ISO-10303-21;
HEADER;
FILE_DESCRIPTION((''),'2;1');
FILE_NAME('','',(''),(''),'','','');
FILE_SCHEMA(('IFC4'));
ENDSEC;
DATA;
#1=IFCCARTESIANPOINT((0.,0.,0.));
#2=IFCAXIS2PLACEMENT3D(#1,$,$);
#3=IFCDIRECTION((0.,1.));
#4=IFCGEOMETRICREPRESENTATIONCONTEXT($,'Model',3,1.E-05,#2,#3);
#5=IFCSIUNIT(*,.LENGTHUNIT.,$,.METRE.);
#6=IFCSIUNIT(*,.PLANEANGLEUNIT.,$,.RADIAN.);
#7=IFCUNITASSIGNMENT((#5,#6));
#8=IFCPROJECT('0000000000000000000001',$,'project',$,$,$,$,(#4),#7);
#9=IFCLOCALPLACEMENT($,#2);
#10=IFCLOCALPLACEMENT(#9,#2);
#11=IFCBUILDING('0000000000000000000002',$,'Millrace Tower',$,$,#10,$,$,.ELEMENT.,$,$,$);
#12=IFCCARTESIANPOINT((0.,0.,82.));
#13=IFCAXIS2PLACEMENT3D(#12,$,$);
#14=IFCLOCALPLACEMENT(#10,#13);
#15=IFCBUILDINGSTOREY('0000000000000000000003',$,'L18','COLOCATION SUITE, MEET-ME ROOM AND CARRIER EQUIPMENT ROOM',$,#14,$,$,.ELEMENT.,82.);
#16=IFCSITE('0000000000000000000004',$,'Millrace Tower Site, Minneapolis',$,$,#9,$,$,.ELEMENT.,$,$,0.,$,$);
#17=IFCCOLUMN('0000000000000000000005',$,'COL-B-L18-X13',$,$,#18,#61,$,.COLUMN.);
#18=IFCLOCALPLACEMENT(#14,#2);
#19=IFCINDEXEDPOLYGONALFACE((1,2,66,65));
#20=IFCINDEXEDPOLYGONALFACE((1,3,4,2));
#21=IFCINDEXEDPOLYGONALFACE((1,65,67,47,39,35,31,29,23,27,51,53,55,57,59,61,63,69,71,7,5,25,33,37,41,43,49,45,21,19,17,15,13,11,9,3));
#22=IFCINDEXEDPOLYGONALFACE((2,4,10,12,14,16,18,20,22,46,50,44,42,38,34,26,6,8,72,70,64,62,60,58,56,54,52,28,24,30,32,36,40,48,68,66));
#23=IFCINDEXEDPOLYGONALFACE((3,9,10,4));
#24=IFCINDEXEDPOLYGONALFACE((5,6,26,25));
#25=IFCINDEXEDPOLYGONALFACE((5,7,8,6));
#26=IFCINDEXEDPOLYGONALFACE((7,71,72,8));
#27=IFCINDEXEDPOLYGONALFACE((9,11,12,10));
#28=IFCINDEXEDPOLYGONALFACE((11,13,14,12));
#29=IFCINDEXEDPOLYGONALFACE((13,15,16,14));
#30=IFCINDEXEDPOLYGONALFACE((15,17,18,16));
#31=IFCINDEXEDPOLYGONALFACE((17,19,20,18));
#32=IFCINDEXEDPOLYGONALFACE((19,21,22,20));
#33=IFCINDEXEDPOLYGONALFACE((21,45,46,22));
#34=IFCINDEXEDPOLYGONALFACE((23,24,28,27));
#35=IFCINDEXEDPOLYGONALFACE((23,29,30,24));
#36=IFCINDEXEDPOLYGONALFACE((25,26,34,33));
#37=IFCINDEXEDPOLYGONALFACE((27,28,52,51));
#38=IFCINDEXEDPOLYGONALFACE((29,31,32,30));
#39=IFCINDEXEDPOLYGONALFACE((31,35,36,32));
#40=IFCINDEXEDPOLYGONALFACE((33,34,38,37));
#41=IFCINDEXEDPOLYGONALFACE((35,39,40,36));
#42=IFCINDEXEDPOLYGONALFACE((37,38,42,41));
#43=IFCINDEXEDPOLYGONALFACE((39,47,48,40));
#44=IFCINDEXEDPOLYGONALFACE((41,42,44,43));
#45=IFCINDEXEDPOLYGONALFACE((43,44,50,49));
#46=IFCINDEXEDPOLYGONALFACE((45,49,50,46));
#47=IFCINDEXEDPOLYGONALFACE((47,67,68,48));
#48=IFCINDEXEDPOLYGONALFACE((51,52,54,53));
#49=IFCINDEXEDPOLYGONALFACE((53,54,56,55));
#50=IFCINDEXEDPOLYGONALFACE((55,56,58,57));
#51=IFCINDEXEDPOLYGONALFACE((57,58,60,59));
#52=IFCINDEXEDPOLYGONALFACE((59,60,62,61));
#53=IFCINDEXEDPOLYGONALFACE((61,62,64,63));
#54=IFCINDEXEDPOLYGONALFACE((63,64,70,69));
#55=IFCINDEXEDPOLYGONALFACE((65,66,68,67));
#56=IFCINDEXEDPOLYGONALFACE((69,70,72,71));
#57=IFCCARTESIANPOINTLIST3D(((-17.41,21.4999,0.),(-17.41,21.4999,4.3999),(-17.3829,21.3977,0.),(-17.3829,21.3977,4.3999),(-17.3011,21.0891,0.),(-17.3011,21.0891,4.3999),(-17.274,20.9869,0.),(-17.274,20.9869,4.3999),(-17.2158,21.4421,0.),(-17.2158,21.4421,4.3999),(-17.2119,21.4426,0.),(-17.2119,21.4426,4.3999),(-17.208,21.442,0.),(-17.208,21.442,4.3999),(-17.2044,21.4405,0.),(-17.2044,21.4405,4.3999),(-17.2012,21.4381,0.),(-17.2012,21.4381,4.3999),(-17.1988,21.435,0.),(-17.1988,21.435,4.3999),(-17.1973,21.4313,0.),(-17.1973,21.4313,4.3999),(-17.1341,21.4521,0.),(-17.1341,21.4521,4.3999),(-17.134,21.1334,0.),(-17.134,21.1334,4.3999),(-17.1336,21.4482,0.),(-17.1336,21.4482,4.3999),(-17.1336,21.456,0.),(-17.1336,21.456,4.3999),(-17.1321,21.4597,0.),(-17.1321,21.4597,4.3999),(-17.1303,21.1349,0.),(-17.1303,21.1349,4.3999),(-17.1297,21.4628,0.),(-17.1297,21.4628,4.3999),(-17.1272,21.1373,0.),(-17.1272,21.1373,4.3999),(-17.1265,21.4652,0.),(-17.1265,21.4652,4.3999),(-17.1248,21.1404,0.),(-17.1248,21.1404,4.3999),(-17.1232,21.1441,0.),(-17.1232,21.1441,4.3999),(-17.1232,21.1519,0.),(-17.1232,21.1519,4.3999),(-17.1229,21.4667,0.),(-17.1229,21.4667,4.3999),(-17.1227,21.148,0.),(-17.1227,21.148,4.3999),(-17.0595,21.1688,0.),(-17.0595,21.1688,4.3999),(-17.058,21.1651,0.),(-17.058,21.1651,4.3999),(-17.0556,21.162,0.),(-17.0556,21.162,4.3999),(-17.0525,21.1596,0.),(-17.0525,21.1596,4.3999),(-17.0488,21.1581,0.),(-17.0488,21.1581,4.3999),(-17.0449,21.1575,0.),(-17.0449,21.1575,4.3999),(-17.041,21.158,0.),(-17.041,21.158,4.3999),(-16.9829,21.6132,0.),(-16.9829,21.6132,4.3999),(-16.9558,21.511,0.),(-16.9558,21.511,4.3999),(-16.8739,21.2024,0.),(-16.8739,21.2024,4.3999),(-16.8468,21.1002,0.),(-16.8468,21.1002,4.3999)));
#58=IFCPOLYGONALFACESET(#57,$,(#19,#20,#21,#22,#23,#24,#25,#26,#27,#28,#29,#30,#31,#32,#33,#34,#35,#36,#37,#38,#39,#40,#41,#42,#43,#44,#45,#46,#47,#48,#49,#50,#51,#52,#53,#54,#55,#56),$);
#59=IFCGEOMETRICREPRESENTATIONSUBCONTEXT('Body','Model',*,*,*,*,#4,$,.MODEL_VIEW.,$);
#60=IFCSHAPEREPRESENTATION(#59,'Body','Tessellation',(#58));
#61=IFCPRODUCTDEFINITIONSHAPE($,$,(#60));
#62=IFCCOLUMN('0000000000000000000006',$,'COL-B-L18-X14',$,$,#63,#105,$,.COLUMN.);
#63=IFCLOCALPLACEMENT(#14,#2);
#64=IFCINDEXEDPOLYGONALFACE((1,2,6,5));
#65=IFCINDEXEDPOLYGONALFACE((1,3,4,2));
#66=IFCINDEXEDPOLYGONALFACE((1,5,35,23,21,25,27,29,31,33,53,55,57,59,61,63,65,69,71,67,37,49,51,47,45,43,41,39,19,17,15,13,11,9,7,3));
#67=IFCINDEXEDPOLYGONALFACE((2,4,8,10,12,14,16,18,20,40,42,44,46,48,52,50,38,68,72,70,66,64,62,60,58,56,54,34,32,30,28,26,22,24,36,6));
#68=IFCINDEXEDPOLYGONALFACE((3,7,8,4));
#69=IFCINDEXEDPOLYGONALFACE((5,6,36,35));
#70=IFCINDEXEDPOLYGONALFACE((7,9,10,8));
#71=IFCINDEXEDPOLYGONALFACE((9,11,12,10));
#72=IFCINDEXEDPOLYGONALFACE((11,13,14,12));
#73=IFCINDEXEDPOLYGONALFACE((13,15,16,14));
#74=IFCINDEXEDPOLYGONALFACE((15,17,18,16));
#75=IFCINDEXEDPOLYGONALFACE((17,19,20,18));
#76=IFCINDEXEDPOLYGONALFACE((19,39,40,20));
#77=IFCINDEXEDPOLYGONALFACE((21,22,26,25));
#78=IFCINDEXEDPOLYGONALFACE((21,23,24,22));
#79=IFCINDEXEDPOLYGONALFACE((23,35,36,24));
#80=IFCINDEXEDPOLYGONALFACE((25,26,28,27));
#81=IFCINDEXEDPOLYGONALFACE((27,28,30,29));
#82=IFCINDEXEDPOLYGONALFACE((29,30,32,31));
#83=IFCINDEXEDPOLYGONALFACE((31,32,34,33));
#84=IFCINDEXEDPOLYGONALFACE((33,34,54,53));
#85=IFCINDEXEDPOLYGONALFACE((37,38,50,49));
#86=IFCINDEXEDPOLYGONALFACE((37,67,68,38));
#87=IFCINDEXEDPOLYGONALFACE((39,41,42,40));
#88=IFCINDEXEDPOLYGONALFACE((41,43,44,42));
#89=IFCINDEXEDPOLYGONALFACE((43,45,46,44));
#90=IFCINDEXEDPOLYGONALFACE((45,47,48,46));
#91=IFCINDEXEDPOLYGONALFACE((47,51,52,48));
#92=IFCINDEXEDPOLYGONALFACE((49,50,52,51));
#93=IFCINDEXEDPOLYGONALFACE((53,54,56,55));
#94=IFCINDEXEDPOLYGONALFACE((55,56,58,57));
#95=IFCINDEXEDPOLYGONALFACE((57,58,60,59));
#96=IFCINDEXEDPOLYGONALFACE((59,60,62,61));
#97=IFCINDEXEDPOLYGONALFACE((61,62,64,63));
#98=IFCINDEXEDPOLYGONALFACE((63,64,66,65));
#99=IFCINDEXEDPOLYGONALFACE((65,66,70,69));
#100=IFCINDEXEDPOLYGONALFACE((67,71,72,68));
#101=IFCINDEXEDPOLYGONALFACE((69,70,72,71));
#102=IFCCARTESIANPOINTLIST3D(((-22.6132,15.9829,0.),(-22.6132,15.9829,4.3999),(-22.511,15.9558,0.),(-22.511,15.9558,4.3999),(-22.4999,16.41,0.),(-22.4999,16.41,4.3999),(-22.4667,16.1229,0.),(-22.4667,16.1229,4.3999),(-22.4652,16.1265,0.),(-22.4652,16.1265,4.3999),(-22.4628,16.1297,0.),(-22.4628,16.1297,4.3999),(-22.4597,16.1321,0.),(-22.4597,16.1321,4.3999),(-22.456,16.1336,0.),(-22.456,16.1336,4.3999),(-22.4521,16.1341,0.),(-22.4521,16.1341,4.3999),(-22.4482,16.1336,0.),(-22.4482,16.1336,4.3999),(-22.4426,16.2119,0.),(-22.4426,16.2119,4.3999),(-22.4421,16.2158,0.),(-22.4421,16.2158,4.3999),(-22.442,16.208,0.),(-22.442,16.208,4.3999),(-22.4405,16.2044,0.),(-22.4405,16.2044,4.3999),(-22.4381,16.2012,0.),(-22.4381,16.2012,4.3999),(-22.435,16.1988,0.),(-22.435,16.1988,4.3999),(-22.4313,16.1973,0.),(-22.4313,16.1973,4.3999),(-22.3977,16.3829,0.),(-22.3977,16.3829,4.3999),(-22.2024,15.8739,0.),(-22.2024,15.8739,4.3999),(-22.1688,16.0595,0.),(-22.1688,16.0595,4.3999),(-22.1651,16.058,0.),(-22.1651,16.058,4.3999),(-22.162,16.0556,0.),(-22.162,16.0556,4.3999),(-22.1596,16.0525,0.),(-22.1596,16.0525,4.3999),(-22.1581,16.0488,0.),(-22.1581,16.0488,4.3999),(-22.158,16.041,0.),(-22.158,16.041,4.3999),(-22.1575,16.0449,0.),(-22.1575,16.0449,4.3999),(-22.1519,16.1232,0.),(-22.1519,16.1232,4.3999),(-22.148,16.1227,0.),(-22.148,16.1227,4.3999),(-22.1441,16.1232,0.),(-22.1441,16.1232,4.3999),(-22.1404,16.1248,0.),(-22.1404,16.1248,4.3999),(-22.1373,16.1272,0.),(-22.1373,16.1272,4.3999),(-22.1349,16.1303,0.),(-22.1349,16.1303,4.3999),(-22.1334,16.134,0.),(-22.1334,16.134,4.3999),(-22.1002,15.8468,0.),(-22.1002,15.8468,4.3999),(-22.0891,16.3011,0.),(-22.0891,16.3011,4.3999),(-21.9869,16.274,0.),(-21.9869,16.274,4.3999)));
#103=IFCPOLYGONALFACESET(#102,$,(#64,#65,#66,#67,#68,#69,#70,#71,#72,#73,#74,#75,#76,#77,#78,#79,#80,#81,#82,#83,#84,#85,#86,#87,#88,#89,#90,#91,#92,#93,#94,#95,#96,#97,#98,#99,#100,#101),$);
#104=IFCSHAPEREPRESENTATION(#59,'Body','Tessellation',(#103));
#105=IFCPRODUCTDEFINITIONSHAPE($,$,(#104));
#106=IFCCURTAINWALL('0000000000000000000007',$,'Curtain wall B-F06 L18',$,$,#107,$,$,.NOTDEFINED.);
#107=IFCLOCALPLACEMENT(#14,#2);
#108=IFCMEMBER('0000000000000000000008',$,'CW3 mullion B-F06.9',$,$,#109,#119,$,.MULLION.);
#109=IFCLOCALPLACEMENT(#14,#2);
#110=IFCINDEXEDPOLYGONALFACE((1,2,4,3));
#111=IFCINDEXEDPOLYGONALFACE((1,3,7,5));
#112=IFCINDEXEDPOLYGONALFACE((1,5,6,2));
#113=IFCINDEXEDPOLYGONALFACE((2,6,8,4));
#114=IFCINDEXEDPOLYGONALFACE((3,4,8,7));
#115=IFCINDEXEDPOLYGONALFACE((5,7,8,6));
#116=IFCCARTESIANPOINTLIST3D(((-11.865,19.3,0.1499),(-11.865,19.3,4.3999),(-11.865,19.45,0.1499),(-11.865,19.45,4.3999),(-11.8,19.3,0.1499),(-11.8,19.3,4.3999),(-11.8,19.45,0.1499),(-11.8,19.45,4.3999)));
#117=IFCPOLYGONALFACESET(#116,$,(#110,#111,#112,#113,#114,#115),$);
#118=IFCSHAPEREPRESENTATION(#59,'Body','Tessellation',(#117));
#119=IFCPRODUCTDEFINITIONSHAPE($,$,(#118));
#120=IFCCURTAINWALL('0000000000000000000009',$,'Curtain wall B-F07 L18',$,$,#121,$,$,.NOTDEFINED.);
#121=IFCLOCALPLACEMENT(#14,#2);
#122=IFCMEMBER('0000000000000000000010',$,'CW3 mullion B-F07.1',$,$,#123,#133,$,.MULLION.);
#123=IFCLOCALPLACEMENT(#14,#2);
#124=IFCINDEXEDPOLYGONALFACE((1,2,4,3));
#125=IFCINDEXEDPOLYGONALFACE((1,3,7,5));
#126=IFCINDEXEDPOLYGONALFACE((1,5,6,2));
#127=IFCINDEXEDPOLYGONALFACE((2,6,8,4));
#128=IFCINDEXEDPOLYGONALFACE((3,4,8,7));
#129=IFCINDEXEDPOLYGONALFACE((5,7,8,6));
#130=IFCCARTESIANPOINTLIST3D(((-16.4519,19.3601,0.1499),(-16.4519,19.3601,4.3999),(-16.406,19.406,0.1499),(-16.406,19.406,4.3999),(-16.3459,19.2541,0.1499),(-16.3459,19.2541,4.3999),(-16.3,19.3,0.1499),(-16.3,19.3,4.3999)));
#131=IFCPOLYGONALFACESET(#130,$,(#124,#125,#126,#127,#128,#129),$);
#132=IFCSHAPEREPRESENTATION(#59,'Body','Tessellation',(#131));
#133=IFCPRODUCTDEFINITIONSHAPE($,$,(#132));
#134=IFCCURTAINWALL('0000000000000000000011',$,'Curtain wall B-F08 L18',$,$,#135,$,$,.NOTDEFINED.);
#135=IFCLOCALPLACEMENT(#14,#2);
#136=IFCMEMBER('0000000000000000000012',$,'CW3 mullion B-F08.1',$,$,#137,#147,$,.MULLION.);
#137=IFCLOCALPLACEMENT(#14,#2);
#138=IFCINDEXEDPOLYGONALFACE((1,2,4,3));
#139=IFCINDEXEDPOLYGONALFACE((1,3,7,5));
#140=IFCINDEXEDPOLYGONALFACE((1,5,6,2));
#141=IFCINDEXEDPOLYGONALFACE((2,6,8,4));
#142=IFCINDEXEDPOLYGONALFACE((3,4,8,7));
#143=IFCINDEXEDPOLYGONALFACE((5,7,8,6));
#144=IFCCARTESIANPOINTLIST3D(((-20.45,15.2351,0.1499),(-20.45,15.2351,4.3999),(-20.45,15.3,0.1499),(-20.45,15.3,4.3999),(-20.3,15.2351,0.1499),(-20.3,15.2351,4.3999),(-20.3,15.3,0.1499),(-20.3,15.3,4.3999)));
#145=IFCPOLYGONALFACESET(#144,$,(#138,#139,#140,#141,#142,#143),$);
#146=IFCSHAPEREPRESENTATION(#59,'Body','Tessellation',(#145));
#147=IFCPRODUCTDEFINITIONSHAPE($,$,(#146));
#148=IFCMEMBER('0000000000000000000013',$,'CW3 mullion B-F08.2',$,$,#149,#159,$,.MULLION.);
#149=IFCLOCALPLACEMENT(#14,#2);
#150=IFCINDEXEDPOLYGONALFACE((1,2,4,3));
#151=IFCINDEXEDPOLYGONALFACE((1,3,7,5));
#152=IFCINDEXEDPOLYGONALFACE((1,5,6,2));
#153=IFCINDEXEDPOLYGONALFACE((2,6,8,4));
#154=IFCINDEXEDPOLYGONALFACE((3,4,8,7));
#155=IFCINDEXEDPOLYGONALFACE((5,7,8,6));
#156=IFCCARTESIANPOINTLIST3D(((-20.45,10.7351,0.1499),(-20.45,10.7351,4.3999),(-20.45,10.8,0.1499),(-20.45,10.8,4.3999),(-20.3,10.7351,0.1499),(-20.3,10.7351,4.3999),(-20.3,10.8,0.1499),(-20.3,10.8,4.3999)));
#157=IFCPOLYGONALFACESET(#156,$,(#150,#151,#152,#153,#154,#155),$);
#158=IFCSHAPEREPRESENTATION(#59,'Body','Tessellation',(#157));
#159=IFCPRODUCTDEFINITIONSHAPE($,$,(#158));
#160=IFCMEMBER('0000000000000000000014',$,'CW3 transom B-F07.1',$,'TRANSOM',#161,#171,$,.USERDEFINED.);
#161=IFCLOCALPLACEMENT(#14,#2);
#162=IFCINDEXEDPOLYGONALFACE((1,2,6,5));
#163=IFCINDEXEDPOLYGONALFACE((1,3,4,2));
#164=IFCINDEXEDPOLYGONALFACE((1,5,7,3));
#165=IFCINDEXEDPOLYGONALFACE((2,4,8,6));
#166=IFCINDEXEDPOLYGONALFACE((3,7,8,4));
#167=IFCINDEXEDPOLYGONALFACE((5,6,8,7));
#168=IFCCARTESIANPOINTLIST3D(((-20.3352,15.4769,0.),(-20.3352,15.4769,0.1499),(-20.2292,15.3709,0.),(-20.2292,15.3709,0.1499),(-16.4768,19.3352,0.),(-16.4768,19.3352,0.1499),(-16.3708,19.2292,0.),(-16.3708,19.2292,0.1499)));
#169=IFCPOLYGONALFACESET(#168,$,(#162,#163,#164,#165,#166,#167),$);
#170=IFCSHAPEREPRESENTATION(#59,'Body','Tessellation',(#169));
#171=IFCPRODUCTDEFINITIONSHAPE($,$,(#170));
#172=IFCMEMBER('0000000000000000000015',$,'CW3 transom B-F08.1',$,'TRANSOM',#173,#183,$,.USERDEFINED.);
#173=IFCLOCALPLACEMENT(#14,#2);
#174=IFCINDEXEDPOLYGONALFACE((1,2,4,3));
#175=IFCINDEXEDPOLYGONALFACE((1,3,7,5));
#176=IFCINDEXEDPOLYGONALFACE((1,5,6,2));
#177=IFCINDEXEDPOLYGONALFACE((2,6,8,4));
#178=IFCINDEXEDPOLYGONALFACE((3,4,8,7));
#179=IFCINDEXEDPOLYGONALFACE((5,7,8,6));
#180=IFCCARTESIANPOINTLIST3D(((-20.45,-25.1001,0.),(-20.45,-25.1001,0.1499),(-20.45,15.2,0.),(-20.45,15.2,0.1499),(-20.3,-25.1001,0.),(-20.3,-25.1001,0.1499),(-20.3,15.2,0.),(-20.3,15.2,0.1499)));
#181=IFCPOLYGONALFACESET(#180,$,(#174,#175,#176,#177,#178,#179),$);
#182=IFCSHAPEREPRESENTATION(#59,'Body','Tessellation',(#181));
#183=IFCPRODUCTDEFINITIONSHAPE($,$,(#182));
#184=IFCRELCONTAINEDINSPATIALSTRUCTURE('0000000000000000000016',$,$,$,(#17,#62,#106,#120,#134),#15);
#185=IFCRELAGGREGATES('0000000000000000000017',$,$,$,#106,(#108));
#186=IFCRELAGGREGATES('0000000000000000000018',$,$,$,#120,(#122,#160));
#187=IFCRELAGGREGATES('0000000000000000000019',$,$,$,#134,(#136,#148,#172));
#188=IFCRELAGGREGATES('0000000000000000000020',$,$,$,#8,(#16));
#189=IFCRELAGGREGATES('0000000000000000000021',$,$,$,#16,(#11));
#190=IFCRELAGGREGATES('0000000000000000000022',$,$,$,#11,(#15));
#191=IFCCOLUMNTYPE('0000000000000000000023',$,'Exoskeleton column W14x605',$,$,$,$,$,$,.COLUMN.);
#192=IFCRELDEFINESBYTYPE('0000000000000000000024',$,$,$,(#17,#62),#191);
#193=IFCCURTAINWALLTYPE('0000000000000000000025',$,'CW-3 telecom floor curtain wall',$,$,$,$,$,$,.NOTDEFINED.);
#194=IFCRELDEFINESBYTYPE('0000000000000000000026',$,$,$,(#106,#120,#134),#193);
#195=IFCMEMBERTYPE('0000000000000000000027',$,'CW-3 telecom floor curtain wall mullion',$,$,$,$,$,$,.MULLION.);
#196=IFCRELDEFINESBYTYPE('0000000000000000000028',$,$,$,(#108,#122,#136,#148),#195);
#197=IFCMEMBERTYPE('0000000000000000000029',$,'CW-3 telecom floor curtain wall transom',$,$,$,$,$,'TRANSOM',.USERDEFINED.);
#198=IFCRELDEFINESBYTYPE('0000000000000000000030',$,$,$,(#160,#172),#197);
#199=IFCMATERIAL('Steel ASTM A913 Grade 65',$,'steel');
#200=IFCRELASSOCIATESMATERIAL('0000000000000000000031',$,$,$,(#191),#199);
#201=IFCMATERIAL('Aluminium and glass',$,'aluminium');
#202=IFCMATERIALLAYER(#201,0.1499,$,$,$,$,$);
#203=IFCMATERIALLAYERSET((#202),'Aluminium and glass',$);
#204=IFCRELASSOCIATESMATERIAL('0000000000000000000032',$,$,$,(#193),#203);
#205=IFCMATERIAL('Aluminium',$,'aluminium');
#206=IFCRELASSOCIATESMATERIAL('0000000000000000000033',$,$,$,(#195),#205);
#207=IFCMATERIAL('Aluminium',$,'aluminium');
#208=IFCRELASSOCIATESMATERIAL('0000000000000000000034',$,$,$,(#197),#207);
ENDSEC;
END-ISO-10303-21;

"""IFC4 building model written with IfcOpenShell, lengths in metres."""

from ifc_helpers import new_model, si_unit, direction, frame, origin, origin_2d, place, context, subcontext, project, spatial, rectangle, i_section, extrude, material, layer, layer_set, material_profile, profile_set, type_object, element, aggregate, save


model = new_model("IFC4")

# Units and contexts
model_context = context("Model", 3, precision=1e-05, world=origin(), true_north=direction((0.0, 1.0)))
body_context = subcontext(model_context, "Body", "Model", "MODEL_VIEW")
ifc_project = project(units=[si_unit("LENGTHUNIT", "METRE"), si_unit("PLANEANGLEUNIT", "RADIAN")], contexts=[model_context])

# Site, building, storey
site_placement = place(None, origin())
site = spatial("IfcSite", under=ifc_project, at=site_placement, Name="Millrace Tower Site, Minneapolis", CompositionType="ELEMENT", RefElevation=0.0)
building_placement = place(site_placement, origin())
building = spatial("IfcBuilding", under=site, at=building_placement, Name="Millrace Tower", CompositionType="ELEMENT")
storey_placement = place(building_placement, frame((0.0, 0.0, 82.0)))
storey = spatial("IfcBuildingStorey", under=building, at=storey_placement, Name="L18", Description="COLOCATION SUITE, MEET-ME ROOM AND CARRIER EQUIPMENT ROOM", CompositionType="ELEMENT", Elevation=82.0)

# Columns
ifc_material_1 = material(Name="Steel ASTM A913 Grade 65", Category="steel")
ifc_material_profile_1 = material_profile(ifc_material_1, i_section(OverallWidth=0.4419, OverallDepth=0.5308, WebThickness=0.0659, FlangeThickness=0.1057, FilletRadius=0.0151, at=origin_2d()))
ifc_profile_set_1 = profile_set([ifc_material_profile_1], Name="Steel ASTM A913 Grade 65")
column_type = type_object("IfcColumnType", Name="Exoskeleton column W14x605", PredefinedType="COLUMN", material=ifc_profile_set_1)
for number, where, z_axis, x_axis, name in (
    (1, (-17.1284, 21.3, 0.0), (0.0, 0.0, 1.0), (-0.966585, -0.256347, 0.0), "COL-B-L18-X13"),
    (2, (-22.3, 16.1284, 0.0), (0.0, 0.0, 1.0), (-0.256347, -0.966585, 0.0), "COL-B-L18-X14"),
):
    element("IfcColumn", number, at=place(storey_placement, frame(where, z_axis=z_axis, x_axis=x_axis)), inside=storey, type_object=column_type, Name=name, PredefinedType="COLUMN", context=body_context, shape_type="SweptSolid", body=[
        extrude(i_section(OverallWidth=0.4419, OverallDepth=0.5308, WebThickness=0.0659, FlangeThickness=0.1057, FilletRadius=0.0151, at=origin_2d()), origin(), (0.0, 0.0, 1.0), 4.3999),
    ])

# Curtain walls, members
ifc_material_2 = material(Name="Aluminium and glass", Category="aluminium")
ifc_layer_1 = layer(ifc_material_2, 0.1499)
ifc_layer_set_1 = layer_set([ifc_layer_1], Name="Aluminium and glass")
curtain_wall_type = type_object("IfcCurtainWallType", Name="CW-3 telecom floor curtain wall", PredefinedType="NOTDEFINED", material=ifc_layer_set_1)
placement = place(storey_placement, origin())
curtain_wall_1 = element("IfcCurtainWall", 3, at=placement, inside=storey, type_object=curtain_wall_type, Name="Curtain wall B-F06 L18", PredefinedType="NOTDEFINED")
ifc_material_3 = material(Name="Aluminium", Category="aluminium")
ifc_material_profile_2 = material_profile(ifc_material_3, rectangle(XDim=0.0649, YDim=0.1499, at=origin_2d()))
ifc_profile_set_2 = profile_set([ifc_material_profile_2], Name="Aluminium")
member_type_1 = type_object("IfcMemberType", Name="CW-3 telecom floor curtain wall mullion", PredefinedType="MULLION", material=ifc_profile_set_2)
member_1_placement = place(storey_placement, frame((-11.8325, 19.375, 0.1499), z_axis=(0.0, 0.0, 1.0), x_axis=(-1.0, 0.0, 0.0)))
member_1 = element("IfcMember", 4, at=member_1_placement, type_object=member_type_1, Name="CW3 mullion B-F06.9", PredefinedType="MULLION", context=body_context, shape_type="SweptSolid", body=[
    extrude(rectangle(XDim=0.0649, YDim=0.1499, at=origin_2d()), origin(), (0.0, 0.0, 1.0), 4.25),
])
aggregate(curtain_wall_1, [member_1])
curtain_wall_2 = element("IfcCurtainWall", 5, at=placement, inside=storey, type_object=curtain_wall_type, Name="Curtain wall B-F07 L18", PredefinedType="NOTDEFINED")
member_2_placement = place(storey_placement, frame((-16.376, 19.3301, 0.1499), z_axis=(0.0, 0.0, 1.0), x_axis=(-0.707107, -0.707107, 0.0)))
member_2 = element("IfcMember", 6, at=member_2_placement, type_object=member_type_1, Name="CW3 mullion B-F07.1", PredefinedType="MULLION", context=body_context, shape_type="SweptSolid", body=[
    extrude(rectangle(XDim=0.0649, YDim=0.1499, at=origin_2d()), origin(), (0.0, 0.0, 1.0), 4.25),
])

# Curtain wall, members
curtain_wall_3 = element("IfcCurtainWall", 7, at=placement, inside=storey, type_object=curtain_wall_type, Name="Curtain wall B-F08 L18", PredefinedType="NOTDEFINED")
member_3_placement = place(storey_placement, frame((-20.375, 15.2676, 0.1499), z_axis=(0.0, 0.0, 1.0), x_axis=(0.0, -1.0, 0.0)))
member_3 = element("IfcMember", 8, at=member_3_placement, type_object=member_type_1, Name="CW3 mullion B-F08.1", PredefinedType="MULLION", context=body_context, shape_type="SweptSolid", body=[
    extrude(rectangle(XDim=0.0649, YDim=0.1499, at=origin_2d()), origin(), (0.0, 0.0, 1.0), 4.25),
])
member_4_placement = place(storey_placement, frame((-20.375, 10.7676, 0.1499), z_axis=(0.0, 0.0, 1.0), x_axis=(0.0, -1.0, 0.0)))
member_4 = element("IfcMember", 9, at=member_4_placement, type_object=member_type_1, Name="CW3 mullion B-F08.2", PredefinedType="MULLION", context=body_context, shape_type="SweptSolid", body=[
    extrude(rectangle(XDim=0.0649, YDim=0.1499, at=origin_2d()), origin(), (0.0, 0.0, 1.0), 4.25),
])

# Members
ifc_material_4 = material(Name="Aluminium", Category="aluminium")
ifc_material_profile_3 = material_profile(ifc_material_4, rectangle(XDim=0.1499, YDim=0.1499, at=origin_2d()))
ifc_profile_set_3 = profile_set([ifc_material_profile_3], Name="Aluminium")
member_type_2 = type_object("IfcMemberType", Name="CW-3 telecom floor curtain wall transom", ElementType="TRANSOM", PredefinedType="USERDEFINED", material=ifc_profile_set_3)
member_5_placement = place(storey_placement, frame((-16.4238, 19.2822, 0.075), z_axis=(-0.707107, -0.707107, 0.0), x_axis=(0.707107, -0.707107, 0.0)))
member_5 = element("IfcMember", 10, at=member_5_placement, type_object=member_type_2, Name="CW3 transom B-F07.1", ObjectType="TRANSOM", PredefinedType="USERDEFINED", context=body_context, shape_type="SweptSolid", body=[
    extrude(rectangle(XDim=0.1499, YDim=0.1499, at=origin_2d()), origin(), (0.0, 0.0, 1.0), 5.4565),
])
aggregate(curtain_wall_2, [member_2, member_5])
member_6_placement = place(storey_placement, frame((-20.375, 15.2, 0.075), z_axis=(0.0, -1.0, 0.0), x_axis=(1.0, 0.0, 0.0)))
member_6 = element("IfcMember", 11, at=member_6_placement, type_object=member_type_2, Name="CW3 transom B-F08.1", ObjectType="TRANSOM", PredefinedType="USERDEFINED", context=body_context, shape_type="SweptSolid", body=[
    extrude(rectangle(XDim=0.1499, YDim=0.1499, at=origin_2d()), origin(), (0.0, 0.0, 1.0), 40.3),
])
aggregate(curtain_wall_3, [member_3, member_4, member_6])

save(model, "model.ifc")
